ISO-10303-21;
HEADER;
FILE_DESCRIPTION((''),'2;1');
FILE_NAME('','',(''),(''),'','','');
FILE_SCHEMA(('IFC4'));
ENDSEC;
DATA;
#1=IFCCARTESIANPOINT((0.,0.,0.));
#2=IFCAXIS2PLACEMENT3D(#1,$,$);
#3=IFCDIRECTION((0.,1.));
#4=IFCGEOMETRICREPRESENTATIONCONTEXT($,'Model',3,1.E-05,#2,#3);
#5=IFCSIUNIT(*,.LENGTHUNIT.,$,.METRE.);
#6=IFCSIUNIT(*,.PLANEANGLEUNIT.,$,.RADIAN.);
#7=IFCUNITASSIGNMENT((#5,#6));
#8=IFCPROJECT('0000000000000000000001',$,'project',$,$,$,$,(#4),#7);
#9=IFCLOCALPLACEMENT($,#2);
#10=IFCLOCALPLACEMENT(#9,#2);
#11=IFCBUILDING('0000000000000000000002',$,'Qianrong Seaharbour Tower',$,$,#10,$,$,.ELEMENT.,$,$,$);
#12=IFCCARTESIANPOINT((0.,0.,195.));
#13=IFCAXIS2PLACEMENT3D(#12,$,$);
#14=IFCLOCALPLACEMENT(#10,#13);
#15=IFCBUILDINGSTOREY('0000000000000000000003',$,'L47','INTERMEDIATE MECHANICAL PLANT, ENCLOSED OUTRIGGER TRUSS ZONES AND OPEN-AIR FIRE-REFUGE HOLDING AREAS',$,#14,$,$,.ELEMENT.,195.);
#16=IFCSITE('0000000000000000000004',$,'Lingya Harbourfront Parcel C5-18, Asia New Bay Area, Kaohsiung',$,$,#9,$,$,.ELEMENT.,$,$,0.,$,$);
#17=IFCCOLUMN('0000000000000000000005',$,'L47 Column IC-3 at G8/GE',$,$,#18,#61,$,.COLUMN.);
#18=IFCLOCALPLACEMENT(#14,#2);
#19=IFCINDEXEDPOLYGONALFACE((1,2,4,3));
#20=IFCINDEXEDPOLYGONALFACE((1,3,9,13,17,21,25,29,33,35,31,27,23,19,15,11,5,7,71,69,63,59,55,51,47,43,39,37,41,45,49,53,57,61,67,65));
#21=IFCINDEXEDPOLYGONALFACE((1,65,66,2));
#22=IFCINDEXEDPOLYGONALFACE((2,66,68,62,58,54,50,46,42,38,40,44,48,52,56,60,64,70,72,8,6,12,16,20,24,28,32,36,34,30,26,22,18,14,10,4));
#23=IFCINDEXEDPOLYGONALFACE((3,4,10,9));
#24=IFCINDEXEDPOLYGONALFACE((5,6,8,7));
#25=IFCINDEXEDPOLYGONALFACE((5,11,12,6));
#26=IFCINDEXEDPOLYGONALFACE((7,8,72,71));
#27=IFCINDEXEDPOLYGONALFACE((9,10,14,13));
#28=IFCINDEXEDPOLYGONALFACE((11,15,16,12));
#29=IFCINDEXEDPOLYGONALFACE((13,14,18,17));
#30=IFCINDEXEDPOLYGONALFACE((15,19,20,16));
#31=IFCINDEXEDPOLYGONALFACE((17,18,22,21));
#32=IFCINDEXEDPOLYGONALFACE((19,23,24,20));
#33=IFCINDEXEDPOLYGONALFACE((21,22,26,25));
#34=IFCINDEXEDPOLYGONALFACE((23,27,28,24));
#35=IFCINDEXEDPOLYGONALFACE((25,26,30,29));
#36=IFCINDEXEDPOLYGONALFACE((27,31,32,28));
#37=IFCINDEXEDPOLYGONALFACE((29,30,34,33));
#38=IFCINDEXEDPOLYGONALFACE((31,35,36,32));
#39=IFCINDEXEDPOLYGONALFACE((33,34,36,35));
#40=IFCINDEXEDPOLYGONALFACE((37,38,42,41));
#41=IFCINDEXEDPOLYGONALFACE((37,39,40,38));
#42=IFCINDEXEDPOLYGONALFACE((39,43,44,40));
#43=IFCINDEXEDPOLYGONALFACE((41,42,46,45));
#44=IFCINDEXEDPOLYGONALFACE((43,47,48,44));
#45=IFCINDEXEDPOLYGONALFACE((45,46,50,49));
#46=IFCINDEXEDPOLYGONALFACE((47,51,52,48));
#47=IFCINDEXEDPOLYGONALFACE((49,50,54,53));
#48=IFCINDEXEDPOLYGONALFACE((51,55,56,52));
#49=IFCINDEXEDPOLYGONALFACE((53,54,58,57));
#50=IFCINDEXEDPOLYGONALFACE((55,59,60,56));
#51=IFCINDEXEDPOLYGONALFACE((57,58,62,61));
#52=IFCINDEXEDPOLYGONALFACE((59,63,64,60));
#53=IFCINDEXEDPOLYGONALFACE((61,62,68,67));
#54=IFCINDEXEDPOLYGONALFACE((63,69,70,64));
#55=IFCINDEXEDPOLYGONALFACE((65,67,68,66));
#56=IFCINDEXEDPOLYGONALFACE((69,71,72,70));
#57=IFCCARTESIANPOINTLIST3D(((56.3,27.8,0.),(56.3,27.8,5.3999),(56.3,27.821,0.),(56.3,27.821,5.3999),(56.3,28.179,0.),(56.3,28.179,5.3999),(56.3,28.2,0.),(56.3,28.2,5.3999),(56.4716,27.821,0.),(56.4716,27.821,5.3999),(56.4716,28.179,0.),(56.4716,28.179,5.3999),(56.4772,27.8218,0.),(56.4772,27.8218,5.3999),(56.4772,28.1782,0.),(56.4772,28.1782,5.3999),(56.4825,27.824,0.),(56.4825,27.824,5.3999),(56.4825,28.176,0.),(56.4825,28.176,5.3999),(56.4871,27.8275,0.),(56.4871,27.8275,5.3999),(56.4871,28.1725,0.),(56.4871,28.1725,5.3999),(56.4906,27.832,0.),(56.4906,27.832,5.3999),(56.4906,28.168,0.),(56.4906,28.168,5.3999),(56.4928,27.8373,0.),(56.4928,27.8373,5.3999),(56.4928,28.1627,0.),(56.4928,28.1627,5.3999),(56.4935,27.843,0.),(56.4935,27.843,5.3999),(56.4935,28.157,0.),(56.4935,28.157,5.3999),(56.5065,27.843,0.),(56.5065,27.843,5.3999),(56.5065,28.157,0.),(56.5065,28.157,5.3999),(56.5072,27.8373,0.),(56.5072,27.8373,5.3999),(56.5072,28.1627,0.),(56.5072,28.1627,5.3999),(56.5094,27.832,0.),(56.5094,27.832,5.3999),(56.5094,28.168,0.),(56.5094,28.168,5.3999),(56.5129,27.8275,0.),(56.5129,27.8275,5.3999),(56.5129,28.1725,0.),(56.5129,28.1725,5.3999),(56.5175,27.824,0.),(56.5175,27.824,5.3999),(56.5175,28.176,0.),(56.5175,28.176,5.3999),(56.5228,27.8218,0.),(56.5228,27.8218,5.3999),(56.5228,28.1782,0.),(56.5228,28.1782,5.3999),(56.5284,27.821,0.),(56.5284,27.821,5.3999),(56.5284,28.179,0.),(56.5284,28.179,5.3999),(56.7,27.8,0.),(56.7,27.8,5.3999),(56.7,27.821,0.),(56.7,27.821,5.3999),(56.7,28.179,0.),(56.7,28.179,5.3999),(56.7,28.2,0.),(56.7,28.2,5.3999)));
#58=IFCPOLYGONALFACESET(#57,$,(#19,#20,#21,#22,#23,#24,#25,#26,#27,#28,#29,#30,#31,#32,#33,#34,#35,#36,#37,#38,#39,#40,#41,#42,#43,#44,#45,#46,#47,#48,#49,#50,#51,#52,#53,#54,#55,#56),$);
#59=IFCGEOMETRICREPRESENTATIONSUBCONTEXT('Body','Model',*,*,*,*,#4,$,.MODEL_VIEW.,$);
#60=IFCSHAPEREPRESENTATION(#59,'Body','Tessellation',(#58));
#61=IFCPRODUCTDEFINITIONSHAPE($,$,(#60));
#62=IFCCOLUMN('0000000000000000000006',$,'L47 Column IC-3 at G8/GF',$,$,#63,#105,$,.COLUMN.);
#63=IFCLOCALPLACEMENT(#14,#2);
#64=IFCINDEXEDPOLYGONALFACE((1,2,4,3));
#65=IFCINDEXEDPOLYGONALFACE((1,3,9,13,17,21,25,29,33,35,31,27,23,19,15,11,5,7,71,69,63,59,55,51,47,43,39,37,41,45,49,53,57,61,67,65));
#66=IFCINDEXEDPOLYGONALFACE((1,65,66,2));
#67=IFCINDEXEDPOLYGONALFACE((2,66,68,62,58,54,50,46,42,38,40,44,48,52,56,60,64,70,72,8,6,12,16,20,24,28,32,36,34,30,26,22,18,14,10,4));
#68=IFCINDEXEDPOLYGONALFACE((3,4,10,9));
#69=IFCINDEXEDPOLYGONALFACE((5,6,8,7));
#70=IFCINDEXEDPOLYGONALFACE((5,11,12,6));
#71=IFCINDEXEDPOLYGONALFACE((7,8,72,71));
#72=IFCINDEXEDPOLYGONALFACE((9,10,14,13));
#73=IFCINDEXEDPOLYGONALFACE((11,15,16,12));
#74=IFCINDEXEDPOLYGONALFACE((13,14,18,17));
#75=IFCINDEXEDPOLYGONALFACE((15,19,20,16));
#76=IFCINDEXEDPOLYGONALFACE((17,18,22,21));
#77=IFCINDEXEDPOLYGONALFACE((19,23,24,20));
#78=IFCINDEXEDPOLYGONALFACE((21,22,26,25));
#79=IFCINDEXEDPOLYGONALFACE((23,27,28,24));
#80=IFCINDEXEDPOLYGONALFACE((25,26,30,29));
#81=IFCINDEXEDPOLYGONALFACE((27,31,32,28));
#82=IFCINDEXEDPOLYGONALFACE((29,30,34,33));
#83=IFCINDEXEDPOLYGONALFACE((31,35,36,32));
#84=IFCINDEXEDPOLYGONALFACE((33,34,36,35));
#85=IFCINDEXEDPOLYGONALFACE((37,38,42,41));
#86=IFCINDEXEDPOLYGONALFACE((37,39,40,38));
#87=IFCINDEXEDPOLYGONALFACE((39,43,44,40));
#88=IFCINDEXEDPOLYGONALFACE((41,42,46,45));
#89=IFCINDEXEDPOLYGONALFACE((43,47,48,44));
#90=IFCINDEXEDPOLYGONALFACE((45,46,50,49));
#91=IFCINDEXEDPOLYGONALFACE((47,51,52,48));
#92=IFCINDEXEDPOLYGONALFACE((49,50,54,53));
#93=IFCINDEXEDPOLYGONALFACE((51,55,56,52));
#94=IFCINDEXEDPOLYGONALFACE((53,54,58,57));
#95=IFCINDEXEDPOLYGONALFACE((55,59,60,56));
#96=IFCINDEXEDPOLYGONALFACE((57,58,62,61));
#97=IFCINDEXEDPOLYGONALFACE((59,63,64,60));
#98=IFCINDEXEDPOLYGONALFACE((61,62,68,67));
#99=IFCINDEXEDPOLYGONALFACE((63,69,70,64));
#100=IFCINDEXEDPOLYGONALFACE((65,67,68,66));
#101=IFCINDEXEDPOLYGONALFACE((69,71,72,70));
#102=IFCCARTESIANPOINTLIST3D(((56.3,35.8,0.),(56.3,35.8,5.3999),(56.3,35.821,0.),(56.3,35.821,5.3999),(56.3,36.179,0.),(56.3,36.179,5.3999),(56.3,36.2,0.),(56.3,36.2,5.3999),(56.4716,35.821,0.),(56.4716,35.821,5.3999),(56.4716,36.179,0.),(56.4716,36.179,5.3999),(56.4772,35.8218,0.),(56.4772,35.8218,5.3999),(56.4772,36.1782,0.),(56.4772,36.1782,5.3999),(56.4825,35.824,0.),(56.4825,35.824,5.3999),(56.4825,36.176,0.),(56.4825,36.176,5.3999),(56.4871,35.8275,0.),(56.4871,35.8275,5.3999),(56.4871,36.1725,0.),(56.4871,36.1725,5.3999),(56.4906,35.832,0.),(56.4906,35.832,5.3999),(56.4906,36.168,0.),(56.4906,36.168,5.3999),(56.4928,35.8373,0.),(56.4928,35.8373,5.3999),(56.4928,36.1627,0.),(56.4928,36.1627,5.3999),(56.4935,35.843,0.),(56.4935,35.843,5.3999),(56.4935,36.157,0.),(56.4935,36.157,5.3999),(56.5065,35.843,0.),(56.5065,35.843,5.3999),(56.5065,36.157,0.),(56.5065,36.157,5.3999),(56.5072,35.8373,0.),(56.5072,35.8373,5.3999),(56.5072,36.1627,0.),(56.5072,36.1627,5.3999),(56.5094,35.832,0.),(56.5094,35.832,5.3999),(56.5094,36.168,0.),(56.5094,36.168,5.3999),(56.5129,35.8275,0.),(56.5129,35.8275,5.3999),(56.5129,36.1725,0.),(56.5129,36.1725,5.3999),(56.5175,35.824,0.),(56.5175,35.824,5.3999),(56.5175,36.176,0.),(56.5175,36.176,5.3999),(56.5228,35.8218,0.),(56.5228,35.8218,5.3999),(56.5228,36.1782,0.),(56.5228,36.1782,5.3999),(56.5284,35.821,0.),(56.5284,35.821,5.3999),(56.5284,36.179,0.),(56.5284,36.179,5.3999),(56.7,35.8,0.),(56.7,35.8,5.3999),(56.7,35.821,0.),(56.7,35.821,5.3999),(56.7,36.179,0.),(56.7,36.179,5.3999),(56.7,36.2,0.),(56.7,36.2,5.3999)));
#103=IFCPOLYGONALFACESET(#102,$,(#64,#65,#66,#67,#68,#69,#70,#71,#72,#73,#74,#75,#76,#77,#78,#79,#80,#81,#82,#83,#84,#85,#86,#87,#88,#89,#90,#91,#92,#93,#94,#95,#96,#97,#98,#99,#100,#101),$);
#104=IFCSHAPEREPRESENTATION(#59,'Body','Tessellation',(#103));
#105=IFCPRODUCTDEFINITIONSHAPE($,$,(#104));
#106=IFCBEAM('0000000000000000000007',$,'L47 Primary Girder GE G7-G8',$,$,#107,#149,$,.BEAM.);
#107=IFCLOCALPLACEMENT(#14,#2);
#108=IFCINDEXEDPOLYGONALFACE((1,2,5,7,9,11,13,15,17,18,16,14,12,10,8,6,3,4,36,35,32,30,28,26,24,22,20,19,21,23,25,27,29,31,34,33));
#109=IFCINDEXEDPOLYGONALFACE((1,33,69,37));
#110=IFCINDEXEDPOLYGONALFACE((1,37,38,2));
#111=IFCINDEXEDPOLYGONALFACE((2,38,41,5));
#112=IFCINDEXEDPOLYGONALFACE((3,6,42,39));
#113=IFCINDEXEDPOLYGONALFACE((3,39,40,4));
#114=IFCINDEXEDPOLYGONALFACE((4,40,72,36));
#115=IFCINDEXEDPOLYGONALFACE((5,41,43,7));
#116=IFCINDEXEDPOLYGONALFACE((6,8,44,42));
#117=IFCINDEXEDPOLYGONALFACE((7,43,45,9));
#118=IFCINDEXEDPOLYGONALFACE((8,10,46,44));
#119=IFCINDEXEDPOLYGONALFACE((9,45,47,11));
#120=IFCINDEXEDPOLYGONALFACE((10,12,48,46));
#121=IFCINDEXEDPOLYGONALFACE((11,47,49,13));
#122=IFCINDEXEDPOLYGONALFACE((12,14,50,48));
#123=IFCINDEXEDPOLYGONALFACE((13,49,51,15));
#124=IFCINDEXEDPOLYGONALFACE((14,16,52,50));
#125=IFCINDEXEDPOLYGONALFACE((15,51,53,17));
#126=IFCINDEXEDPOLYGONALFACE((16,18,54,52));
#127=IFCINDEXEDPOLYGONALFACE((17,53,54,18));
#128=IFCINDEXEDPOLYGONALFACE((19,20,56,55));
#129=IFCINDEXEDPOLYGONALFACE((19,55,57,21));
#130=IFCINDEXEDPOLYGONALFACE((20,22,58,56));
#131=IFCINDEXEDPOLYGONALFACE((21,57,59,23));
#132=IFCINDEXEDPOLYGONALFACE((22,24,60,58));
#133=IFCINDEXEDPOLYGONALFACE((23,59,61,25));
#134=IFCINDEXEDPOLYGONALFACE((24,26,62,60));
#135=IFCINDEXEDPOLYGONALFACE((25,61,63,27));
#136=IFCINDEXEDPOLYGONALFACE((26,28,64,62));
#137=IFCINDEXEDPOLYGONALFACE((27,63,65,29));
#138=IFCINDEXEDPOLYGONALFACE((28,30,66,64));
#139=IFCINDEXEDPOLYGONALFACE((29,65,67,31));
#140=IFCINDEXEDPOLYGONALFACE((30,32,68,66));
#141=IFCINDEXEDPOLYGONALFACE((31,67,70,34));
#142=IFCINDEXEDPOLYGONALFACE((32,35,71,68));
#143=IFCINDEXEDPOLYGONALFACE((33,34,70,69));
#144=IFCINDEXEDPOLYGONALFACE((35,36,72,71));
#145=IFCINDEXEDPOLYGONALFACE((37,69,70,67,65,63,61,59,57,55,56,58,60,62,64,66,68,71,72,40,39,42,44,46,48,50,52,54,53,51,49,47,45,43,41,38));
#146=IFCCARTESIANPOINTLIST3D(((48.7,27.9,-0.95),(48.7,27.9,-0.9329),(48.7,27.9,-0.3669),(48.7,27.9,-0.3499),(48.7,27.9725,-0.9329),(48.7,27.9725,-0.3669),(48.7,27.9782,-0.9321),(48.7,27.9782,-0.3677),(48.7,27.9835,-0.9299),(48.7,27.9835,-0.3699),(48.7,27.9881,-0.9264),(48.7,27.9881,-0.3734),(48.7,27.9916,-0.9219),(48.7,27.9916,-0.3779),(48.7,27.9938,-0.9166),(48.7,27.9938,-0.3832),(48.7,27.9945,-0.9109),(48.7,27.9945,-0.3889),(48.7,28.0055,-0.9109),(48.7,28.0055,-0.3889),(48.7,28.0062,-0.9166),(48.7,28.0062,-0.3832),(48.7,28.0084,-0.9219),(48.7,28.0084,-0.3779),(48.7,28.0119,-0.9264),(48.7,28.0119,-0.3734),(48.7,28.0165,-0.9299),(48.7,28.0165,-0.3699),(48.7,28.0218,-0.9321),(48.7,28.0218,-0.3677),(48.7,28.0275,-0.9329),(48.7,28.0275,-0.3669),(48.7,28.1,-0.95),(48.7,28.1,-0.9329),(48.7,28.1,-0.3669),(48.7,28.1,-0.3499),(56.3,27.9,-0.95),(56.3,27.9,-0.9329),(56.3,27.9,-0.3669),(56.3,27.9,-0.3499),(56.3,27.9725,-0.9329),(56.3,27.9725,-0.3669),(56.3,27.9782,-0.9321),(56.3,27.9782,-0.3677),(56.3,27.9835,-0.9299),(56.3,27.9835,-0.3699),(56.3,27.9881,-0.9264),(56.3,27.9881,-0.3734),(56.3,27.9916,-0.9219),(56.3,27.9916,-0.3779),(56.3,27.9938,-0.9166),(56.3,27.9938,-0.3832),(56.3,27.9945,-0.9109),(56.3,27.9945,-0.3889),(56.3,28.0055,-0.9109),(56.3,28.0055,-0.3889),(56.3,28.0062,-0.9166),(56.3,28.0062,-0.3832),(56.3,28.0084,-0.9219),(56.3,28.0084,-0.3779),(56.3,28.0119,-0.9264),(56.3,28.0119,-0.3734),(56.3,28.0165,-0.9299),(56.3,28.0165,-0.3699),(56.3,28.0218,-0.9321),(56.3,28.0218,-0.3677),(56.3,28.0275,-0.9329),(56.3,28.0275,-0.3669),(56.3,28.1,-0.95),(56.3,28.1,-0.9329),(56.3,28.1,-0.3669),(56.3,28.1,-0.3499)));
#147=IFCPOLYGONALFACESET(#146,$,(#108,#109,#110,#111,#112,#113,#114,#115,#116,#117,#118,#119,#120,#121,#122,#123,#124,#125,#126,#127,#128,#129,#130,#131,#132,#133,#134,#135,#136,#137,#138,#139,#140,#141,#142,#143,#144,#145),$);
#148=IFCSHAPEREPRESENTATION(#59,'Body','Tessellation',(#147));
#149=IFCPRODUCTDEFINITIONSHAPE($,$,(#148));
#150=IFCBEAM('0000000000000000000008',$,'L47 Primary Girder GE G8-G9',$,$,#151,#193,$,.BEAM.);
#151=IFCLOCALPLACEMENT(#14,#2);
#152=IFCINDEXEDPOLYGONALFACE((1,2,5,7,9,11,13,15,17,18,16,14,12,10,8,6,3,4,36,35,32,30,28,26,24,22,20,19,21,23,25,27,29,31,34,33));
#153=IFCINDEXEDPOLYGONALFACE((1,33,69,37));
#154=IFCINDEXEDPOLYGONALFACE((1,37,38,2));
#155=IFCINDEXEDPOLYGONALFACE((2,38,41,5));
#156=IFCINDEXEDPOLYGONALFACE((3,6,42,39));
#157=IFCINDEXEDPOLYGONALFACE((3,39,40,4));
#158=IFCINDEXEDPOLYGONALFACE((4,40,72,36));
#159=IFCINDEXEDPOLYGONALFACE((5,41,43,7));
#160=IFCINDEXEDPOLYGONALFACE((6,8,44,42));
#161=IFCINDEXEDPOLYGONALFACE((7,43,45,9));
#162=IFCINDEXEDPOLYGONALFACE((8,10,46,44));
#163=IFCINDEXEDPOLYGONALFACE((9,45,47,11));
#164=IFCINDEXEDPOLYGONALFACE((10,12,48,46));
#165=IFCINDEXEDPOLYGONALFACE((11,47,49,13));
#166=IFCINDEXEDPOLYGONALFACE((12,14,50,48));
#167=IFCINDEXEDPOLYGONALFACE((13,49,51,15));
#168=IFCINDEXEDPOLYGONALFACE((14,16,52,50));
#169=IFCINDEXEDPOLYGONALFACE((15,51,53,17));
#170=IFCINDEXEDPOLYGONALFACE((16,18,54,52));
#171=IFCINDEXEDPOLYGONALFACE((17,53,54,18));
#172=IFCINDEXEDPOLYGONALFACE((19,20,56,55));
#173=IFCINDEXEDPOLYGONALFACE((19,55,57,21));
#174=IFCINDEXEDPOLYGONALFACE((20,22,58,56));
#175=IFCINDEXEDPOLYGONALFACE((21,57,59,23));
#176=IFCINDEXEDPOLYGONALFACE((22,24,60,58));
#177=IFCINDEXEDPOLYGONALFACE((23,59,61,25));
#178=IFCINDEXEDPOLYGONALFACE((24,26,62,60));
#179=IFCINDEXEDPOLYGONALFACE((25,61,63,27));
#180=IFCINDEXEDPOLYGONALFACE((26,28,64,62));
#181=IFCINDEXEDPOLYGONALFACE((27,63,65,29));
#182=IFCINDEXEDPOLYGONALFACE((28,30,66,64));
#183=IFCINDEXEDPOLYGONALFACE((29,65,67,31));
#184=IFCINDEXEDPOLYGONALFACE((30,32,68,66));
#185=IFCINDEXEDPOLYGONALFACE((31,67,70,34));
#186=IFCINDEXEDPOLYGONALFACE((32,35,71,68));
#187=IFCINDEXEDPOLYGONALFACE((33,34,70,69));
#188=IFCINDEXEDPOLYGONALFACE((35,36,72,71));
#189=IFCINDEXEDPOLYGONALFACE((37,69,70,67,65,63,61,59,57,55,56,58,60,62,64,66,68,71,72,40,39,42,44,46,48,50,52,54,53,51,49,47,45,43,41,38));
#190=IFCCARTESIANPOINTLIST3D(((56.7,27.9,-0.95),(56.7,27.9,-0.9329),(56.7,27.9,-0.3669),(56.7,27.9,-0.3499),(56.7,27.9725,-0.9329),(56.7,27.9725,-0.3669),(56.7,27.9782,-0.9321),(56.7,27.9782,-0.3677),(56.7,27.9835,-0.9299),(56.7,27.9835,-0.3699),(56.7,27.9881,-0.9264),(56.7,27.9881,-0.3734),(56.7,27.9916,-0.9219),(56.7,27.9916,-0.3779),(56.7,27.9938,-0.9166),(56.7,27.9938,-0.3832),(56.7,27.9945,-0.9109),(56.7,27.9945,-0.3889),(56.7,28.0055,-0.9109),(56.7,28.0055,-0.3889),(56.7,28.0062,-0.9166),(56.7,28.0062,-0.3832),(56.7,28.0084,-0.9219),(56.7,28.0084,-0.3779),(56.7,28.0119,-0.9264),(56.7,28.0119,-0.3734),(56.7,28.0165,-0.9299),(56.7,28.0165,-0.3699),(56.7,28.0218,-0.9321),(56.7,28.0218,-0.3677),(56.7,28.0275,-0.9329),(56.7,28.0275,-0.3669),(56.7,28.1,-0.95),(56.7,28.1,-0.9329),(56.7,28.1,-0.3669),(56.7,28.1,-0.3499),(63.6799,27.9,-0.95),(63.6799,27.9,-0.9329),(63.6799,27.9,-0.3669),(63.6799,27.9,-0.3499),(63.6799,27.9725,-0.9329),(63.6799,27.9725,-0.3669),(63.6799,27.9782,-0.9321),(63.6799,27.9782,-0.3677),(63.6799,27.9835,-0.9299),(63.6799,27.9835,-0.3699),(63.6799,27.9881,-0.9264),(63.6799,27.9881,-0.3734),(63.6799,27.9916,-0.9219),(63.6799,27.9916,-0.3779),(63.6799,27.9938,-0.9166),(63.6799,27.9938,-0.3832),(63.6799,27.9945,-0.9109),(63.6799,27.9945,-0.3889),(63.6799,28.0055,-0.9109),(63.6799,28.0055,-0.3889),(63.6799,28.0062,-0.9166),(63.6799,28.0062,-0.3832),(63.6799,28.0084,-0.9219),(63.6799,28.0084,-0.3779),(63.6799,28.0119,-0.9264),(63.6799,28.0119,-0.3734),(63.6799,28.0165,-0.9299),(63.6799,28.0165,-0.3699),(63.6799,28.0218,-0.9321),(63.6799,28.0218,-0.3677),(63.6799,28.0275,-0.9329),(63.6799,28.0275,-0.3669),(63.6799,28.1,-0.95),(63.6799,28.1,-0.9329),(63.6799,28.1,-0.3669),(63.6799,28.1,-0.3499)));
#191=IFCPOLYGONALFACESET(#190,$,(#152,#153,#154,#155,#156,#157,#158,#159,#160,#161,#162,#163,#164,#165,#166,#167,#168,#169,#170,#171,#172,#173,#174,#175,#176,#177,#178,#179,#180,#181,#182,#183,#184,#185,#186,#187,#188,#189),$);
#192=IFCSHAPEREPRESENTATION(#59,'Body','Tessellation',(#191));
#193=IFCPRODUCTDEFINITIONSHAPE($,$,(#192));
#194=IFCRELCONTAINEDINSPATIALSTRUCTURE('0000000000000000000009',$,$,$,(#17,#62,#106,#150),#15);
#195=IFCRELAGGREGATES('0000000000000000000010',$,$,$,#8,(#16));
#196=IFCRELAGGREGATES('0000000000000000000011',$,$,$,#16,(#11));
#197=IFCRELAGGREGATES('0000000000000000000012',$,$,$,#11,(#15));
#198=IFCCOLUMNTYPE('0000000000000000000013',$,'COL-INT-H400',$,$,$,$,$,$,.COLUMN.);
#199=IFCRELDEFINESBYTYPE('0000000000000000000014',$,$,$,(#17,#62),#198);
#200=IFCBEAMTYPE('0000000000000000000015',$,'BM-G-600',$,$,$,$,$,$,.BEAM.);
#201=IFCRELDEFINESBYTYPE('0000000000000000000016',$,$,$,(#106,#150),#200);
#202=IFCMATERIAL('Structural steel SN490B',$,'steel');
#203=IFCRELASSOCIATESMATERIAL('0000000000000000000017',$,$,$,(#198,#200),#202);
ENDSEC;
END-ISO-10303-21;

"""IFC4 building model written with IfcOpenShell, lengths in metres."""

from ifc_helpers import new_model, si_unit, direction, frame, origin, origin_2d, place, context, subcontext, project, spatial, i_section, extrude, material, material_profile, profile_set, type_object, element, save


model = new_model("IFC4")

# Units and contexts
model_context = context("Model", 3, precision=1e-05, world=origin(), true_north=direction((0.0, 1.0)))
body_context = subcontext(model_context, "Body", "Model", "MODEL_VIEW")
ifc_project = project(units=[si_unit("LENGTHUNIT", "METRE"), si_unit("PLANEANGLEUNIT", "RADIAN")], contexts=[model_context])

# Site, building, storey
site_placement = place(None, origin())
site = spatial("IfcSite", under=ifc_project, at=site_placement, Name="Lingya Harbourfront Parcel C5-18, Asia New Bay Area, Kaohsiung", CompositionType="ELEMENT", RefElevation=0.0)
building_placement = place(site_placement, origin())
building = spatial("IfcBuilding", under=site, at=building_placement, Name="Qianrong Seaharbour Tower", CompositionType="ELEMENT")
storey_placement = place(building_placement, frame((0.0, 0.0, 195.0)))
storey = spatial("IfcBuildingStorey", under=building, at=storey_placement, Name="L47", Description="INTERMEDIATE MECHANICAL PLANT, ENCLOSED OUTRIGGER TRUSS ZONES AND OPEN-AIR FIRE-REFUGE HOLDING AREAS", CompositionType="ELEMENT", Elevation=195.0)

# Columns
ifc_material_1 = material(Name="Structural steel SN490B", Category="steel")
ifc_material_profile_1 = material_profile(ifc_material_1, i_section(OverallWidth=0.3999, OverallDepth=0.3999, WebThickness=0.0129, FlangeThickness=0.021, FilletRadius=0.022, at=origin_2d()), Name="H400x400x13x21")
ifc_profile_set_1 = profile_set([ifc_material_profile_1], Name="Structural steel SN490B")
column_type = type_object("IfcColumnType", Name="COL-INT-H400", PredefinedType="COLUMN", material=ifc_profile_set_1)
for number, where, z_axis, x_axis, name in (
    (1, (56.5, 28.0, 0.0), (0.0, 0.0, 1.0), (1.0, 0.0, 0.0), "L47 Column IC-3 at G8/GE"),
    (2, (56.5, 36.0, 0.0), (0.0, 0.0, 1.0), (1.0, 0.0, 0.0), "L47 Column IC-3 at G8/GF"),
):
    element("IfcColumn", number, at=place(storey_placement, frame(where, z_axis=z_axis, x_axis=x_axis)), inside=storey, type_object=column_type, Name=name, PredefinedType="COLUMN", context=body_context, shape_type="SweptSolid", body=[
        extrude(i_section(OverallWidth=0.3999, OverallDepth=0.3999, WebThickness=0.0129, FlangeThickness=0.021, FilletRadius=0.022, at=origin_2d()), origin(), (0.0, 0.0, 1.0), 5.3999),
    ])

# Beams
ifc_material_profile_2 = material_profile(ifc_material_1, i_section(OverallWidth=0.2, OverallDepth=0.6001, WebThickness=0.011, FlangeThickness=0.0171, FilletRadius=0.022, at=origin_2d()), Name="H600x200x11x17")
ifc_profile_set_2 = profile_set([ifc_material_profile_2], Name="Structural steel SN490B")
beam_type_1 = type_object("IfcBeamType", Name="BM-G-600", PredefinedType="BEAM", material=ifc_profile_set_2)
beam_1_placement = place(storey_placement, frame((48.7, 28.0, -0.6499), z_axis=(1.0, 0.0, 0.0), x_axis=(0.0, 1.0, 0.0)))
element("IfcBeam", 3, at=beam_1_placement, inside=storey, type_object=beam_type_1, Name="L47 Primary Girder GE G7-G8", PredefinedType="BEAM", context=body_context, shape_type="SweptSolid", body=[
    extrude(i_section(OverallWidth=0.2, OverallDepth=0.6001, WebThickness=0.011, FlangeThickness=0.0171, FilletRadius=0.022, at=origin_2d()), origin(), (0.0, 0.0, 1.0), 7.6001),
])
beam_2_placement = place(storey_placement, frame((56.7, 28.0, -0.6499), z_axis=(1.0, 0.0, 0.0), x_axis=(0.0, 1.0, 0.0)))
element("IfcBeam", 4, at=beam_2_placement, inside=storey, type_object=beam_type_1, Name="L47 Primary Girder GE G8-G9", PredefinedType="BEAM", context=body_context, shape_type="SweptSolid", body=[
    extrude(i_section(OverallWidth=0.2, OverallDepth=0.6001, WebThickness=0.011, FlangeThickness=0.0171, FilletRadius=0.022, at=origin_2d()), origin(), (0.0, 0.0, 1.0), 6.98),
])

save(model, "model.ifc")
